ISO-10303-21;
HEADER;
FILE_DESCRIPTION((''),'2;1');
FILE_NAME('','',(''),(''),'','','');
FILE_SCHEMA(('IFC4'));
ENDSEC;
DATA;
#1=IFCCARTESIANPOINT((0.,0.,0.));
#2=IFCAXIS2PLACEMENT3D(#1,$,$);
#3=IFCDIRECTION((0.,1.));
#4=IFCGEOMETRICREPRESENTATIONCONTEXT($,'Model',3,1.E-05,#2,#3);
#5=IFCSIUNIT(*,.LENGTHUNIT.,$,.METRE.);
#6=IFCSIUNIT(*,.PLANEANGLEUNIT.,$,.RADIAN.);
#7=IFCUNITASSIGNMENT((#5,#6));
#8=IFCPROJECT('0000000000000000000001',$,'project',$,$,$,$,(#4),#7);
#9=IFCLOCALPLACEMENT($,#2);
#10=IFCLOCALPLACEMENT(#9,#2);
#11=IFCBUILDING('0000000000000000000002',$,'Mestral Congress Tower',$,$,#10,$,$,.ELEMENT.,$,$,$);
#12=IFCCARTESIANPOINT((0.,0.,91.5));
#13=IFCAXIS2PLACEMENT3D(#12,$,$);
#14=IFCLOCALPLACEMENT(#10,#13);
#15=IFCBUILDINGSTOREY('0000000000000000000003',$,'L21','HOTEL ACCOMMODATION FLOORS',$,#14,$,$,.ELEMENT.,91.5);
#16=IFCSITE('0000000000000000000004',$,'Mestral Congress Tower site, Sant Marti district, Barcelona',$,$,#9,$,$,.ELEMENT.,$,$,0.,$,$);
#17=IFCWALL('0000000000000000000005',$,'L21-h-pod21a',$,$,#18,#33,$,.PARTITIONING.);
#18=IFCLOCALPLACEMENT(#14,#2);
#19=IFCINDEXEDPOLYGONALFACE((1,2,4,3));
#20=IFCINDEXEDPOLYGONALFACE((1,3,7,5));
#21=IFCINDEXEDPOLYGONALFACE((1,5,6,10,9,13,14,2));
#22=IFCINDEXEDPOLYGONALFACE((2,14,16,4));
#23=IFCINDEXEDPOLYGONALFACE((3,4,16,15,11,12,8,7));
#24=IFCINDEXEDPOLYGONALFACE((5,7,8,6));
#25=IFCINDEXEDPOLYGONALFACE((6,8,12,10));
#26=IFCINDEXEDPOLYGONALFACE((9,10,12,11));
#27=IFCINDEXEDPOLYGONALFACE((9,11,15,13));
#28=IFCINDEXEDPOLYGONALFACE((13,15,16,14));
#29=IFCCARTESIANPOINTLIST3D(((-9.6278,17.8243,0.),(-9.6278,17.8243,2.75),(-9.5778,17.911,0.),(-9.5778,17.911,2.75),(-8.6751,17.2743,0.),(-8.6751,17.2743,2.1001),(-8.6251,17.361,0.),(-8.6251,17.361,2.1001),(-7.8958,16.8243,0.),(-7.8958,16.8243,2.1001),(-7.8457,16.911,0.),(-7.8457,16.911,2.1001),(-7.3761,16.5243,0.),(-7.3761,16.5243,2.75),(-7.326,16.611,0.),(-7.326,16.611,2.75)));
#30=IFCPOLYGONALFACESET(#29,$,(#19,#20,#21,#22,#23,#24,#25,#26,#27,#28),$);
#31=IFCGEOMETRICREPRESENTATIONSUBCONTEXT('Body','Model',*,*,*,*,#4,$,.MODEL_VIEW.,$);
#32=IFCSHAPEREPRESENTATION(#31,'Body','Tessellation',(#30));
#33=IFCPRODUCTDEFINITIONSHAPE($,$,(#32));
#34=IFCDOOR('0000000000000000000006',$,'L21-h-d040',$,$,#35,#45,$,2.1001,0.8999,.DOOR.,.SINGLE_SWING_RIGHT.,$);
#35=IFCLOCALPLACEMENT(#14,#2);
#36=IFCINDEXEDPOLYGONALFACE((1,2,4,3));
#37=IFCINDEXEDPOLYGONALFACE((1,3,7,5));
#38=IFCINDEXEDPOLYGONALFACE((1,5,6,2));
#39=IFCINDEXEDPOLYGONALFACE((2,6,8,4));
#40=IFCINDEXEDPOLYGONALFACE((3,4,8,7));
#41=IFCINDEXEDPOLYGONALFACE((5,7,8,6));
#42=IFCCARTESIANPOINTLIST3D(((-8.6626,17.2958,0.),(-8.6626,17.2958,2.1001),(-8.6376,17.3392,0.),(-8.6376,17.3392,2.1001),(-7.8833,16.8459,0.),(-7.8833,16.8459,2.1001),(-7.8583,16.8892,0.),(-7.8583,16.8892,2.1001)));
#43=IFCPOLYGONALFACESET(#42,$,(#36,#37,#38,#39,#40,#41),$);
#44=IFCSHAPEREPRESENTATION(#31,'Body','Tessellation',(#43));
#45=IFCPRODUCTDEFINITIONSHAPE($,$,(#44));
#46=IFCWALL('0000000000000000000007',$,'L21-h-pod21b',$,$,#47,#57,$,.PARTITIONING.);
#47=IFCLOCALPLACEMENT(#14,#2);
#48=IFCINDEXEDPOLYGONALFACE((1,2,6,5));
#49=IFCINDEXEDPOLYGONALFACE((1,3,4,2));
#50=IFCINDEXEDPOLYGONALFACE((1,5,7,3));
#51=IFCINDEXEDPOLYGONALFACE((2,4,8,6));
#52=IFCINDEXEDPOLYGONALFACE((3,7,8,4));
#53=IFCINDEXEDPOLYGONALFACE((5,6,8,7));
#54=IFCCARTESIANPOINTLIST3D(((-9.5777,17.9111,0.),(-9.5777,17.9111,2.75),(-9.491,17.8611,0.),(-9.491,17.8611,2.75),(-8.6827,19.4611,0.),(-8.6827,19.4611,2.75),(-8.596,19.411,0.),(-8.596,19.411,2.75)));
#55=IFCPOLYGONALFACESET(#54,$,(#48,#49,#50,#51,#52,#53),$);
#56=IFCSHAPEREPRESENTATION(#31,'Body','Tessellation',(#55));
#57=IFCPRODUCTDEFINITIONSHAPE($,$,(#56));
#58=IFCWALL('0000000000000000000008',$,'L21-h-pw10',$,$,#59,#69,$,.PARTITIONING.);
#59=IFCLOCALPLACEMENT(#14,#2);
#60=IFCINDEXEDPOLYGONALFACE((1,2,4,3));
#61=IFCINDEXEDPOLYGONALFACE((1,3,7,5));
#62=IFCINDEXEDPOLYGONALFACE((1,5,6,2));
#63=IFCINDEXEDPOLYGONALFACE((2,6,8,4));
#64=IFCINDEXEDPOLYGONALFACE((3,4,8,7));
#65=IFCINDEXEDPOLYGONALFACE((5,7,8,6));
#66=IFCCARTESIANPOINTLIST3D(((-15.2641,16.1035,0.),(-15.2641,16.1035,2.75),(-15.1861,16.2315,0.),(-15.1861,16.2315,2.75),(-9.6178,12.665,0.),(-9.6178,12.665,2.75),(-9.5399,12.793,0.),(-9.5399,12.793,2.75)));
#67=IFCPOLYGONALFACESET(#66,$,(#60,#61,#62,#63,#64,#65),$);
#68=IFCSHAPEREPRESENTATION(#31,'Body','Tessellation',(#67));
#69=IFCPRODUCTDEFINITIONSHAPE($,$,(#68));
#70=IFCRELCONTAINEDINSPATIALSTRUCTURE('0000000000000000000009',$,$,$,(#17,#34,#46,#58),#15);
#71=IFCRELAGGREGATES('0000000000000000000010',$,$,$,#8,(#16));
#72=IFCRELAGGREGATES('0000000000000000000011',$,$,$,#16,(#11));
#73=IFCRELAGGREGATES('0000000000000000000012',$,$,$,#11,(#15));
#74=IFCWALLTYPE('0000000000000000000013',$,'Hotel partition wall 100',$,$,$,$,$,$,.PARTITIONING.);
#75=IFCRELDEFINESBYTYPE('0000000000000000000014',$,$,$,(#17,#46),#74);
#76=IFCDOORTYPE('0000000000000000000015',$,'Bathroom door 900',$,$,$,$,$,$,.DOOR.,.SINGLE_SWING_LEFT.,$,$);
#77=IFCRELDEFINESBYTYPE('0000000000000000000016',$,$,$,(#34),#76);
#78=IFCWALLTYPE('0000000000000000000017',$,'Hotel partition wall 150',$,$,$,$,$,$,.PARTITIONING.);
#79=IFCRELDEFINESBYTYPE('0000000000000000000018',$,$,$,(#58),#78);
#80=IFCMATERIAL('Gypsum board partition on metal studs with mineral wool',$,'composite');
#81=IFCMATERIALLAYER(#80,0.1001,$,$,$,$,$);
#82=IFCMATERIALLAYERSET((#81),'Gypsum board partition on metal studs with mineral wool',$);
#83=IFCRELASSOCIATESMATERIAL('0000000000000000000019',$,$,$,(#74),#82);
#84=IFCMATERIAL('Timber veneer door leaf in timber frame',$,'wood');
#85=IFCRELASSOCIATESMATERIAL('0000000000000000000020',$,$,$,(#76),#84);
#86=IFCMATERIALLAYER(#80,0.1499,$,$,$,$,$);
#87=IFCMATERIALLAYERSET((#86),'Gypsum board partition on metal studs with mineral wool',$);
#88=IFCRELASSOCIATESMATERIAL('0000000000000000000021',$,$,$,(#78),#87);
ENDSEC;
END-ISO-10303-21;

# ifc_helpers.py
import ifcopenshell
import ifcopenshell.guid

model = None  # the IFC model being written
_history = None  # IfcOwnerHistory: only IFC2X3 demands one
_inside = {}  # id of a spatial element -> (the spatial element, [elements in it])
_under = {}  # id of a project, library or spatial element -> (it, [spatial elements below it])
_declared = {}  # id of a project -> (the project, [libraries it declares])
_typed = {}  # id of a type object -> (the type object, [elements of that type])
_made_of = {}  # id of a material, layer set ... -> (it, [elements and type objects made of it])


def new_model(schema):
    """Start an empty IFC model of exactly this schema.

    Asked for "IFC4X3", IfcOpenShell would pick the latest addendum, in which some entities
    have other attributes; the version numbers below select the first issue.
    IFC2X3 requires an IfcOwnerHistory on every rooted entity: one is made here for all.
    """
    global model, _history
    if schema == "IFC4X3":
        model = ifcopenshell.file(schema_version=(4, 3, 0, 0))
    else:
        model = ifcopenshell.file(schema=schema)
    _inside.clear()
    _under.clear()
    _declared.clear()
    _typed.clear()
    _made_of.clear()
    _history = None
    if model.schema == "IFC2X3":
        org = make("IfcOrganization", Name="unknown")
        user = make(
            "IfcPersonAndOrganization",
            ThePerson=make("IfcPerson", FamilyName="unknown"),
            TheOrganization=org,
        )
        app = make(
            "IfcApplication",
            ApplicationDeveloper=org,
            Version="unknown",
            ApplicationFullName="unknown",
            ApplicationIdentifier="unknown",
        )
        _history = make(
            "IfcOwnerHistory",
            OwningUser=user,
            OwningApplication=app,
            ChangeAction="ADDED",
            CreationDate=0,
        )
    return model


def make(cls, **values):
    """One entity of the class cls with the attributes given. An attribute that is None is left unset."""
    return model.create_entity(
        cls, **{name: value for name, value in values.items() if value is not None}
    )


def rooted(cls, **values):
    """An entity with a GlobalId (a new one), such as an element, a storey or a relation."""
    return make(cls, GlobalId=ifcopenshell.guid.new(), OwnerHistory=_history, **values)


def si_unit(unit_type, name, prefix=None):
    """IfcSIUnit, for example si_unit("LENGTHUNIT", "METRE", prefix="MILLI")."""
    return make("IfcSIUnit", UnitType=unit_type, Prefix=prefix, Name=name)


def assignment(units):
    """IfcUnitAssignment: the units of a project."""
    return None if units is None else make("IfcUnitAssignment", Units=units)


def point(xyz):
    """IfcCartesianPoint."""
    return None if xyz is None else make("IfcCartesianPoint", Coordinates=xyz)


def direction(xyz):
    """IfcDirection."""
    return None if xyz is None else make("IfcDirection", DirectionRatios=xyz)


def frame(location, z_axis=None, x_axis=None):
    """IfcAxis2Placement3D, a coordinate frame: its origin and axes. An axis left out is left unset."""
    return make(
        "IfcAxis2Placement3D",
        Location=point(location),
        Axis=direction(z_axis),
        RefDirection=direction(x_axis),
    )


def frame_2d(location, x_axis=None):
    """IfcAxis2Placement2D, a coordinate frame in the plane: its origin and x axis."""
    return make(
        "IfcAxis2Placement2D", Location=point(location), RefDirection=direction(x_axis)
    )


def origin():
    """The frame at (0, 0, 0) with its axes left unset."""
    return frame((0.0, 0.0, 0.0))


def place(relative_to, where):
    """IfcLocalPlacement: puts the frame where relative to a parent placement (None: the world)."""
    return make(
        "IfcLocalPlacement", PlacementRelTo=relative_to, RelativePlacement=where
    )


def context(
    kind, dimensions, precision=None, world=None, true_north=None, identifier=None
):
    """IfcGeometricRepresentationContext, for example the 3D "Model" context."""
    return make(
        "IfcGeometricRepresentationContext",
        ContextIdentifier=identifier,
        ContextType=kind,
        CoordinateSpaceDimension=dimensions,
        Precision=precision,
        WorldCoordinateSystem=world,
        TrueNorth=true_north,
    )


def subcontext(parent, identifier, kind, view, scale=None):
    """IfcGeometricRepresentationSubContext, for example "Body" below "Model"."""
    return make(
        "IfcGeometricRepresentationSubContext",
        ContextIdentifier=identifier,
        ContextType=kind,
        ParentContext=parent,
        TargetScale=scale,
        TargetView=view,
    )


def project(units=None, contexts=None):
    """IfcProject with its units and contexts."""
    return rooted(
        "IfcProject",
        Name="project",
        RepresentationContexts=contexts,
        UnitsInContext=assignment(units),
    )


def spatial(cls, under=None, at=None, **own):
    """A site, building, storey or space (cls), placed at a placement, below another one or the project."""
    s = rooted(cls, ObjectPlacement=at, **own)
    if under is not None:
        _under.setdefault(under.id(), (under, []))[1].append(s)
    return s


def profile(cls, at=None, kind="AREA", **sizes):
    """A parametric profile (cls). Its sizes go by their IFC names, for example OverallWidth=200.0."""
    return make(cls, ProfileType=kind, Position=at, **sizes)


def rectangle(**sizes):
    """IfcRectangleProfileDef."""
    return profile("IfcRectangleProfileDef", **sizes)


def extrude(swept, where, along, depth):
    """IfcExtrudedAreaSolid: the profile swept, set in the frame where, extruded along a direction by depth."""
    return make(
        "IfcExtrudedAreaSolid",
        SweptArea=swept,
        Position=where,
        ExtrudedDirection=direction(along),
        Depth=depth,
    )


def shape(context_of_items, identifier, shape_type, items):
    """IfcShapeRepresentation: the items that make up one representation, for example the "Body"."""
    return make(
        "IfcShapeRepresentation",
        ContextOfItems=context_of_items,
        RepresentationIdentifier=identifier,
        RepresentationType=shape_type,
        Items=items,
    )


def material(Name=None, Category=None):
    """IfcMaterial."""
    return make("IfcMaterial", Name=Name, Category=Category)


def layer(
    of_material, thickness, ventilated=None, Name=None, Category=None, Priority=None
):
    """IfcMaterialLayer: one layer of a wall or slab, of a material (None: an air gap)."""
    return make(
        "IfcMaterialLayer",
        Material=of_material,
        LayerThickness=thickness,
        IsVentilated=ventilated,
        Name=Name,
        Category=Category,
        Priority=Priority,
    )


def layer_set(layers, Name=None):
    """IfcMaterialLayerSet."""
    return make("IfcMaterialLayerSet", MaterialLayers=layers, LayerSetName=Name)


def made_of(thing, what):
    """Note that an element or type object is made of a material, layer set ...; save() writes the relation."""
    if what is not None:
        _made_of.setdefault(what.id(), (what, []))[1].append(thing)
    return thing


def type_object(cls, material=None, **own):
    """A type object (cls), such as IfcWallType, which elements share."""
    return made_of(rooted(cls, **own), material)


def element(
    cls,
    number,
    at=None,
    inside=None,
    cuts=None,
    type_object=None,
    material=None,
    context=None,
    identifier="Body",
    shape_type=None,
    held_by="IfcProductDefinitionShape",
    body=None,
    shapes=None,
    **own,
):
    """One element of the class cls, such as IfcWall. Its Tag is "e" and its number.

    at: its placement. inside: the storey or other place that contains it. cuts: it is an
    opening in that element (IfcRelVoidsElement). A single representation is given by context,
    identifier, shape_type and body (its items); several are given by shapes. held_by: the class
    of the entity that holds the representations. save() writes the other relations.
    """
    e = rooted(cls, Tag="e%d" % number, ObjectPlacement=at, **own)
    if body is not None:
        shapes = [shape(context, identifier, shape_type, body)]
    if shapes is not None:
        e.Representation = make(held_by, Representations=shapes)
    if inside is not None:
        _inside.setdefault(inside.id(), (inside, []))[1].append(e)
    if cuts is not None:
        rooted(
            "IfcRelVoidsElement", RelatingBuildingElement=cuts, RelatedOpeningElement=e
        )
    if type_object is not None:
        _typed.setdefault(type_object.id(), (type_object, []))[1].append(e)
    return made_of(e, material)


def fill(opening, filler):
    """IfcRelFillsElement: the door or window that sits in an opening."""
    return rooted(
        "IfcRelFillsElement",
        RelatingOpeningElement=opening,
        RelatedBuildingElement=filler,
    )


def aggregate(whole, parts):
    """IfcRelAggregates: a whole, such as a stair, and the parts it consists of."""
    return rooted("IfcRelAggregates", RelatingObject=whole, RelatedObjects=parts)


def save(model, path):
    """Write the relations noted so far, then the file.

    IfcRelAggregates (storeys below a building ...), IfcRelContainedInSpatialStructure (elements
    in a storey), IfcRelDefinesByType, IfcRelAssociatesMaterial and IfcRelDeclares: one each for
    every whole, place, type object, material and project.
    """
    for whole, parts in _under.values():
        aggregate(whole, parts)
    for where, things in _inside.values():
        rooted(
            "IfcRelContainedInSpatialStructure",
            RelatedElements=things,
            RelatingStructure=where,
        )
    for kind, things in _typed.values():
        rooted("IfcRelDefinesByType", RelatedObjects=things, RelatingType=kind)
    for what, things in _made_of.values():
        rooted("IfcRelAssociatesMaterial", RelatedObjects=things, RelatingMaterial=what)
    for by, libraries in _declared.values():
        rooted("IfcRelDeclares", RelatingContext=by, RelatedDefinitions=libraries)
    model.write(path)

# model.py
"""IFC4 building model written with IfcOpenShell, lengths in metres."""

from ifc_helpers import new_model, si_unit, direction, frame, frame_2d, origin, place, context, subcontext, project, spatial, rectangle, extrude, material, layer, layer_set, type_object, element, fill, save


model = new_model("IFC4")

# Units and contexts
model_context = context("Model", 3, precision=1e-05, world=origin(), true_north=direction((0.0, 1.0)))
body_context = subcontext(model_context, "Body", "Model", "MODEL_VIEW")
ifc_project = project(units=[si_unit("LENGTHUNIT", "METRE"), si_unit("PLANEANGLEUNIT", "RADIAN")], contexts=[model_context])

# Site, building, storey
site_placement = place(None, origin())
site = spatial("IfcSite", under=ifc_project, at=site_placement, Name="Mestral Congress Tower site, Sant Marti district, Barcelona", CompositionType="ELEMENT", RefElevation=0.0)
building_placement = place(site_placement, origin())
building = spatial("IfcBuilding", under=site, at=building_placement, Name="Mestral Congress Tower", CompositionType="ELEMENT")
storey_placement = place(building_placement, frame((0.0, 0.0, 91.5)))
storey = spatial("IfcBuildingStorey", under=building, at=storey_placement, Name="L21", Description="HOTEL ACCOMMODATION FLOORS", CompositionType="ELEMENT", Elevation=91.5)

# Wall, opening, door
ifc_material_1 = material(Name="Gypsum board partition on metal studs with mineral wool", Category="composite")
ifc_layer_1 = layer(ifc_material_1, 0.1001)
ifc_layer_set_1 = layer_set([ifc_layer_1], Name="Gypsum board partition on metal studs with mineral wool")
wall_type_1 = type_object("IfcWallType", Name="Hotel partition wall 100", PredefinedType="PARTITIONING", material=ifc_layer_set_1)
wall_1_placement = place(storey_placement, frame((-9.6028, 17.8677, 0.0), z_axis=(0.0, 0.0, 1.0), x_axis=(0.866021, -0.500007, 0.0)))
wall_1 = element("IfcWall", 1, at=wall_1_placement, inside=storey, type_object=wall_type_1, Name="L21-h-pod21a", PredefinedType="PARTITIONING", context=body_context, shape_type="SweptSolid", body=[
    extrude(rectangle(XDim=2.6001, YDim=0.1001, at=frame_2d((1.3, 0.0))), origin(), (0.0, 0.0, 1.0), 2.75),
])
opening_1_placement = place(wall_1_placement, frame((1.1001, 0.0, 0.0)))
opening_1 = element("IfcOpeningElement", 2, at=opening_1_placement, cuts=wall_1, PredefinedType="OPENING", context=body_context, shape_type="SweptSolid", body=[
    extrude(rectangle(XDim=0.8999, YDim=2.1001, at=frame_2d((0.45, 1.05))), frame((0.0, 0.0601, 0.0), z_axis=(0.0, -1.0, 0.0), x_axis=(1.0, 0.0, 0.0)), (0.0, 0.0, 1.0), 0.1201),
])
ifc_material_2 = material(Name="Timber veneer door leaf in timber frame", Category="wood")
door_type = type_object("IfcDoorType", Name="Bathroom door 900", OperationType="SINGLE_SWING_LEFT", PredefinedType="DOOR", material=ifc_material_2)
door_placement = place(opening_1_placement, origin())
door = element("IfcDoor", 3, at=door_placement, inside=storey, type_object=door_type, Name="L21-h-d040", OperationType="SINGLE_SWING_RIGHT", OverallHeight=2.1001, OverallWidth=0.8999, PredefinedType="DOOR", context=body_context, shape_type="SweptSolid", body=[
    extrude(rectangle(XDim=0.8999, YDim=2.1001, at=frame_2d((0.45, 1.05))), frame((0.0, 0.0249, 0.0), z_axis=(0.0, -1.0, 0.0), x_axis=(1.0, 0.0, 0.0)), (0.0, 0.0, 1.0), 0.05),
])
fill(opening_1, door)

# Walls
wall_2_placement = place(storey_placement, frame((-9.5344, 17.886, 0.0), z_axis=(0.0, 0.0, 1.0), x_axis=(0.500041, 0.866002, 0.0)))
element("IfcWall", 4, at=wall_2_placement, inside=storey, type_object=wall_type_1, Name="L21-h-pod21b", PredefinedType="PARTITIONING", context=body_context, shape_type="SweptSolid", body=[
    extrude(rectangle(XDim=1.7898, YDim=0.1001, at=frame_2d((0.895, 0.0))), origin(), (0.0, 0.0, 1.0), 2.75),
])
ifc_layer_2 = layer(ifc_material_1, 0.1499)
ifc_layer_set_2 = layer_set([ifc_layer_2], Name="Gypsum board partition on metal studs with mineral wool")
wall_type_2 = type_object("IfcWallType", Name="Hotel partition wall 150", PredefinedType="PARTITIONING", material=ifc_layer_set_2)
wall_3_placement = place(storey_placement, frame((-15.2251, 16.1675, 0.0), z_axis=(0.0, 0.0, 1.0), x_axis=(0.854089, -0.520127, 0.0)))
element("IfcWall", 5, at=wall_3_placement, inside=storey, type_object=wall_type_2, Name="L21-h-pw10", PredefinedType="PARTITIONING", context=body_context, shape_type="SweptSolid", body=[
    extrude(rectangle(XDim=6.6108, YDim=0.1499, at=frame_2d((3.3054, 0.0))), origin(), (0.0, 0.0, 1.0), 2.75),
])

save(model, "model.ifc")
